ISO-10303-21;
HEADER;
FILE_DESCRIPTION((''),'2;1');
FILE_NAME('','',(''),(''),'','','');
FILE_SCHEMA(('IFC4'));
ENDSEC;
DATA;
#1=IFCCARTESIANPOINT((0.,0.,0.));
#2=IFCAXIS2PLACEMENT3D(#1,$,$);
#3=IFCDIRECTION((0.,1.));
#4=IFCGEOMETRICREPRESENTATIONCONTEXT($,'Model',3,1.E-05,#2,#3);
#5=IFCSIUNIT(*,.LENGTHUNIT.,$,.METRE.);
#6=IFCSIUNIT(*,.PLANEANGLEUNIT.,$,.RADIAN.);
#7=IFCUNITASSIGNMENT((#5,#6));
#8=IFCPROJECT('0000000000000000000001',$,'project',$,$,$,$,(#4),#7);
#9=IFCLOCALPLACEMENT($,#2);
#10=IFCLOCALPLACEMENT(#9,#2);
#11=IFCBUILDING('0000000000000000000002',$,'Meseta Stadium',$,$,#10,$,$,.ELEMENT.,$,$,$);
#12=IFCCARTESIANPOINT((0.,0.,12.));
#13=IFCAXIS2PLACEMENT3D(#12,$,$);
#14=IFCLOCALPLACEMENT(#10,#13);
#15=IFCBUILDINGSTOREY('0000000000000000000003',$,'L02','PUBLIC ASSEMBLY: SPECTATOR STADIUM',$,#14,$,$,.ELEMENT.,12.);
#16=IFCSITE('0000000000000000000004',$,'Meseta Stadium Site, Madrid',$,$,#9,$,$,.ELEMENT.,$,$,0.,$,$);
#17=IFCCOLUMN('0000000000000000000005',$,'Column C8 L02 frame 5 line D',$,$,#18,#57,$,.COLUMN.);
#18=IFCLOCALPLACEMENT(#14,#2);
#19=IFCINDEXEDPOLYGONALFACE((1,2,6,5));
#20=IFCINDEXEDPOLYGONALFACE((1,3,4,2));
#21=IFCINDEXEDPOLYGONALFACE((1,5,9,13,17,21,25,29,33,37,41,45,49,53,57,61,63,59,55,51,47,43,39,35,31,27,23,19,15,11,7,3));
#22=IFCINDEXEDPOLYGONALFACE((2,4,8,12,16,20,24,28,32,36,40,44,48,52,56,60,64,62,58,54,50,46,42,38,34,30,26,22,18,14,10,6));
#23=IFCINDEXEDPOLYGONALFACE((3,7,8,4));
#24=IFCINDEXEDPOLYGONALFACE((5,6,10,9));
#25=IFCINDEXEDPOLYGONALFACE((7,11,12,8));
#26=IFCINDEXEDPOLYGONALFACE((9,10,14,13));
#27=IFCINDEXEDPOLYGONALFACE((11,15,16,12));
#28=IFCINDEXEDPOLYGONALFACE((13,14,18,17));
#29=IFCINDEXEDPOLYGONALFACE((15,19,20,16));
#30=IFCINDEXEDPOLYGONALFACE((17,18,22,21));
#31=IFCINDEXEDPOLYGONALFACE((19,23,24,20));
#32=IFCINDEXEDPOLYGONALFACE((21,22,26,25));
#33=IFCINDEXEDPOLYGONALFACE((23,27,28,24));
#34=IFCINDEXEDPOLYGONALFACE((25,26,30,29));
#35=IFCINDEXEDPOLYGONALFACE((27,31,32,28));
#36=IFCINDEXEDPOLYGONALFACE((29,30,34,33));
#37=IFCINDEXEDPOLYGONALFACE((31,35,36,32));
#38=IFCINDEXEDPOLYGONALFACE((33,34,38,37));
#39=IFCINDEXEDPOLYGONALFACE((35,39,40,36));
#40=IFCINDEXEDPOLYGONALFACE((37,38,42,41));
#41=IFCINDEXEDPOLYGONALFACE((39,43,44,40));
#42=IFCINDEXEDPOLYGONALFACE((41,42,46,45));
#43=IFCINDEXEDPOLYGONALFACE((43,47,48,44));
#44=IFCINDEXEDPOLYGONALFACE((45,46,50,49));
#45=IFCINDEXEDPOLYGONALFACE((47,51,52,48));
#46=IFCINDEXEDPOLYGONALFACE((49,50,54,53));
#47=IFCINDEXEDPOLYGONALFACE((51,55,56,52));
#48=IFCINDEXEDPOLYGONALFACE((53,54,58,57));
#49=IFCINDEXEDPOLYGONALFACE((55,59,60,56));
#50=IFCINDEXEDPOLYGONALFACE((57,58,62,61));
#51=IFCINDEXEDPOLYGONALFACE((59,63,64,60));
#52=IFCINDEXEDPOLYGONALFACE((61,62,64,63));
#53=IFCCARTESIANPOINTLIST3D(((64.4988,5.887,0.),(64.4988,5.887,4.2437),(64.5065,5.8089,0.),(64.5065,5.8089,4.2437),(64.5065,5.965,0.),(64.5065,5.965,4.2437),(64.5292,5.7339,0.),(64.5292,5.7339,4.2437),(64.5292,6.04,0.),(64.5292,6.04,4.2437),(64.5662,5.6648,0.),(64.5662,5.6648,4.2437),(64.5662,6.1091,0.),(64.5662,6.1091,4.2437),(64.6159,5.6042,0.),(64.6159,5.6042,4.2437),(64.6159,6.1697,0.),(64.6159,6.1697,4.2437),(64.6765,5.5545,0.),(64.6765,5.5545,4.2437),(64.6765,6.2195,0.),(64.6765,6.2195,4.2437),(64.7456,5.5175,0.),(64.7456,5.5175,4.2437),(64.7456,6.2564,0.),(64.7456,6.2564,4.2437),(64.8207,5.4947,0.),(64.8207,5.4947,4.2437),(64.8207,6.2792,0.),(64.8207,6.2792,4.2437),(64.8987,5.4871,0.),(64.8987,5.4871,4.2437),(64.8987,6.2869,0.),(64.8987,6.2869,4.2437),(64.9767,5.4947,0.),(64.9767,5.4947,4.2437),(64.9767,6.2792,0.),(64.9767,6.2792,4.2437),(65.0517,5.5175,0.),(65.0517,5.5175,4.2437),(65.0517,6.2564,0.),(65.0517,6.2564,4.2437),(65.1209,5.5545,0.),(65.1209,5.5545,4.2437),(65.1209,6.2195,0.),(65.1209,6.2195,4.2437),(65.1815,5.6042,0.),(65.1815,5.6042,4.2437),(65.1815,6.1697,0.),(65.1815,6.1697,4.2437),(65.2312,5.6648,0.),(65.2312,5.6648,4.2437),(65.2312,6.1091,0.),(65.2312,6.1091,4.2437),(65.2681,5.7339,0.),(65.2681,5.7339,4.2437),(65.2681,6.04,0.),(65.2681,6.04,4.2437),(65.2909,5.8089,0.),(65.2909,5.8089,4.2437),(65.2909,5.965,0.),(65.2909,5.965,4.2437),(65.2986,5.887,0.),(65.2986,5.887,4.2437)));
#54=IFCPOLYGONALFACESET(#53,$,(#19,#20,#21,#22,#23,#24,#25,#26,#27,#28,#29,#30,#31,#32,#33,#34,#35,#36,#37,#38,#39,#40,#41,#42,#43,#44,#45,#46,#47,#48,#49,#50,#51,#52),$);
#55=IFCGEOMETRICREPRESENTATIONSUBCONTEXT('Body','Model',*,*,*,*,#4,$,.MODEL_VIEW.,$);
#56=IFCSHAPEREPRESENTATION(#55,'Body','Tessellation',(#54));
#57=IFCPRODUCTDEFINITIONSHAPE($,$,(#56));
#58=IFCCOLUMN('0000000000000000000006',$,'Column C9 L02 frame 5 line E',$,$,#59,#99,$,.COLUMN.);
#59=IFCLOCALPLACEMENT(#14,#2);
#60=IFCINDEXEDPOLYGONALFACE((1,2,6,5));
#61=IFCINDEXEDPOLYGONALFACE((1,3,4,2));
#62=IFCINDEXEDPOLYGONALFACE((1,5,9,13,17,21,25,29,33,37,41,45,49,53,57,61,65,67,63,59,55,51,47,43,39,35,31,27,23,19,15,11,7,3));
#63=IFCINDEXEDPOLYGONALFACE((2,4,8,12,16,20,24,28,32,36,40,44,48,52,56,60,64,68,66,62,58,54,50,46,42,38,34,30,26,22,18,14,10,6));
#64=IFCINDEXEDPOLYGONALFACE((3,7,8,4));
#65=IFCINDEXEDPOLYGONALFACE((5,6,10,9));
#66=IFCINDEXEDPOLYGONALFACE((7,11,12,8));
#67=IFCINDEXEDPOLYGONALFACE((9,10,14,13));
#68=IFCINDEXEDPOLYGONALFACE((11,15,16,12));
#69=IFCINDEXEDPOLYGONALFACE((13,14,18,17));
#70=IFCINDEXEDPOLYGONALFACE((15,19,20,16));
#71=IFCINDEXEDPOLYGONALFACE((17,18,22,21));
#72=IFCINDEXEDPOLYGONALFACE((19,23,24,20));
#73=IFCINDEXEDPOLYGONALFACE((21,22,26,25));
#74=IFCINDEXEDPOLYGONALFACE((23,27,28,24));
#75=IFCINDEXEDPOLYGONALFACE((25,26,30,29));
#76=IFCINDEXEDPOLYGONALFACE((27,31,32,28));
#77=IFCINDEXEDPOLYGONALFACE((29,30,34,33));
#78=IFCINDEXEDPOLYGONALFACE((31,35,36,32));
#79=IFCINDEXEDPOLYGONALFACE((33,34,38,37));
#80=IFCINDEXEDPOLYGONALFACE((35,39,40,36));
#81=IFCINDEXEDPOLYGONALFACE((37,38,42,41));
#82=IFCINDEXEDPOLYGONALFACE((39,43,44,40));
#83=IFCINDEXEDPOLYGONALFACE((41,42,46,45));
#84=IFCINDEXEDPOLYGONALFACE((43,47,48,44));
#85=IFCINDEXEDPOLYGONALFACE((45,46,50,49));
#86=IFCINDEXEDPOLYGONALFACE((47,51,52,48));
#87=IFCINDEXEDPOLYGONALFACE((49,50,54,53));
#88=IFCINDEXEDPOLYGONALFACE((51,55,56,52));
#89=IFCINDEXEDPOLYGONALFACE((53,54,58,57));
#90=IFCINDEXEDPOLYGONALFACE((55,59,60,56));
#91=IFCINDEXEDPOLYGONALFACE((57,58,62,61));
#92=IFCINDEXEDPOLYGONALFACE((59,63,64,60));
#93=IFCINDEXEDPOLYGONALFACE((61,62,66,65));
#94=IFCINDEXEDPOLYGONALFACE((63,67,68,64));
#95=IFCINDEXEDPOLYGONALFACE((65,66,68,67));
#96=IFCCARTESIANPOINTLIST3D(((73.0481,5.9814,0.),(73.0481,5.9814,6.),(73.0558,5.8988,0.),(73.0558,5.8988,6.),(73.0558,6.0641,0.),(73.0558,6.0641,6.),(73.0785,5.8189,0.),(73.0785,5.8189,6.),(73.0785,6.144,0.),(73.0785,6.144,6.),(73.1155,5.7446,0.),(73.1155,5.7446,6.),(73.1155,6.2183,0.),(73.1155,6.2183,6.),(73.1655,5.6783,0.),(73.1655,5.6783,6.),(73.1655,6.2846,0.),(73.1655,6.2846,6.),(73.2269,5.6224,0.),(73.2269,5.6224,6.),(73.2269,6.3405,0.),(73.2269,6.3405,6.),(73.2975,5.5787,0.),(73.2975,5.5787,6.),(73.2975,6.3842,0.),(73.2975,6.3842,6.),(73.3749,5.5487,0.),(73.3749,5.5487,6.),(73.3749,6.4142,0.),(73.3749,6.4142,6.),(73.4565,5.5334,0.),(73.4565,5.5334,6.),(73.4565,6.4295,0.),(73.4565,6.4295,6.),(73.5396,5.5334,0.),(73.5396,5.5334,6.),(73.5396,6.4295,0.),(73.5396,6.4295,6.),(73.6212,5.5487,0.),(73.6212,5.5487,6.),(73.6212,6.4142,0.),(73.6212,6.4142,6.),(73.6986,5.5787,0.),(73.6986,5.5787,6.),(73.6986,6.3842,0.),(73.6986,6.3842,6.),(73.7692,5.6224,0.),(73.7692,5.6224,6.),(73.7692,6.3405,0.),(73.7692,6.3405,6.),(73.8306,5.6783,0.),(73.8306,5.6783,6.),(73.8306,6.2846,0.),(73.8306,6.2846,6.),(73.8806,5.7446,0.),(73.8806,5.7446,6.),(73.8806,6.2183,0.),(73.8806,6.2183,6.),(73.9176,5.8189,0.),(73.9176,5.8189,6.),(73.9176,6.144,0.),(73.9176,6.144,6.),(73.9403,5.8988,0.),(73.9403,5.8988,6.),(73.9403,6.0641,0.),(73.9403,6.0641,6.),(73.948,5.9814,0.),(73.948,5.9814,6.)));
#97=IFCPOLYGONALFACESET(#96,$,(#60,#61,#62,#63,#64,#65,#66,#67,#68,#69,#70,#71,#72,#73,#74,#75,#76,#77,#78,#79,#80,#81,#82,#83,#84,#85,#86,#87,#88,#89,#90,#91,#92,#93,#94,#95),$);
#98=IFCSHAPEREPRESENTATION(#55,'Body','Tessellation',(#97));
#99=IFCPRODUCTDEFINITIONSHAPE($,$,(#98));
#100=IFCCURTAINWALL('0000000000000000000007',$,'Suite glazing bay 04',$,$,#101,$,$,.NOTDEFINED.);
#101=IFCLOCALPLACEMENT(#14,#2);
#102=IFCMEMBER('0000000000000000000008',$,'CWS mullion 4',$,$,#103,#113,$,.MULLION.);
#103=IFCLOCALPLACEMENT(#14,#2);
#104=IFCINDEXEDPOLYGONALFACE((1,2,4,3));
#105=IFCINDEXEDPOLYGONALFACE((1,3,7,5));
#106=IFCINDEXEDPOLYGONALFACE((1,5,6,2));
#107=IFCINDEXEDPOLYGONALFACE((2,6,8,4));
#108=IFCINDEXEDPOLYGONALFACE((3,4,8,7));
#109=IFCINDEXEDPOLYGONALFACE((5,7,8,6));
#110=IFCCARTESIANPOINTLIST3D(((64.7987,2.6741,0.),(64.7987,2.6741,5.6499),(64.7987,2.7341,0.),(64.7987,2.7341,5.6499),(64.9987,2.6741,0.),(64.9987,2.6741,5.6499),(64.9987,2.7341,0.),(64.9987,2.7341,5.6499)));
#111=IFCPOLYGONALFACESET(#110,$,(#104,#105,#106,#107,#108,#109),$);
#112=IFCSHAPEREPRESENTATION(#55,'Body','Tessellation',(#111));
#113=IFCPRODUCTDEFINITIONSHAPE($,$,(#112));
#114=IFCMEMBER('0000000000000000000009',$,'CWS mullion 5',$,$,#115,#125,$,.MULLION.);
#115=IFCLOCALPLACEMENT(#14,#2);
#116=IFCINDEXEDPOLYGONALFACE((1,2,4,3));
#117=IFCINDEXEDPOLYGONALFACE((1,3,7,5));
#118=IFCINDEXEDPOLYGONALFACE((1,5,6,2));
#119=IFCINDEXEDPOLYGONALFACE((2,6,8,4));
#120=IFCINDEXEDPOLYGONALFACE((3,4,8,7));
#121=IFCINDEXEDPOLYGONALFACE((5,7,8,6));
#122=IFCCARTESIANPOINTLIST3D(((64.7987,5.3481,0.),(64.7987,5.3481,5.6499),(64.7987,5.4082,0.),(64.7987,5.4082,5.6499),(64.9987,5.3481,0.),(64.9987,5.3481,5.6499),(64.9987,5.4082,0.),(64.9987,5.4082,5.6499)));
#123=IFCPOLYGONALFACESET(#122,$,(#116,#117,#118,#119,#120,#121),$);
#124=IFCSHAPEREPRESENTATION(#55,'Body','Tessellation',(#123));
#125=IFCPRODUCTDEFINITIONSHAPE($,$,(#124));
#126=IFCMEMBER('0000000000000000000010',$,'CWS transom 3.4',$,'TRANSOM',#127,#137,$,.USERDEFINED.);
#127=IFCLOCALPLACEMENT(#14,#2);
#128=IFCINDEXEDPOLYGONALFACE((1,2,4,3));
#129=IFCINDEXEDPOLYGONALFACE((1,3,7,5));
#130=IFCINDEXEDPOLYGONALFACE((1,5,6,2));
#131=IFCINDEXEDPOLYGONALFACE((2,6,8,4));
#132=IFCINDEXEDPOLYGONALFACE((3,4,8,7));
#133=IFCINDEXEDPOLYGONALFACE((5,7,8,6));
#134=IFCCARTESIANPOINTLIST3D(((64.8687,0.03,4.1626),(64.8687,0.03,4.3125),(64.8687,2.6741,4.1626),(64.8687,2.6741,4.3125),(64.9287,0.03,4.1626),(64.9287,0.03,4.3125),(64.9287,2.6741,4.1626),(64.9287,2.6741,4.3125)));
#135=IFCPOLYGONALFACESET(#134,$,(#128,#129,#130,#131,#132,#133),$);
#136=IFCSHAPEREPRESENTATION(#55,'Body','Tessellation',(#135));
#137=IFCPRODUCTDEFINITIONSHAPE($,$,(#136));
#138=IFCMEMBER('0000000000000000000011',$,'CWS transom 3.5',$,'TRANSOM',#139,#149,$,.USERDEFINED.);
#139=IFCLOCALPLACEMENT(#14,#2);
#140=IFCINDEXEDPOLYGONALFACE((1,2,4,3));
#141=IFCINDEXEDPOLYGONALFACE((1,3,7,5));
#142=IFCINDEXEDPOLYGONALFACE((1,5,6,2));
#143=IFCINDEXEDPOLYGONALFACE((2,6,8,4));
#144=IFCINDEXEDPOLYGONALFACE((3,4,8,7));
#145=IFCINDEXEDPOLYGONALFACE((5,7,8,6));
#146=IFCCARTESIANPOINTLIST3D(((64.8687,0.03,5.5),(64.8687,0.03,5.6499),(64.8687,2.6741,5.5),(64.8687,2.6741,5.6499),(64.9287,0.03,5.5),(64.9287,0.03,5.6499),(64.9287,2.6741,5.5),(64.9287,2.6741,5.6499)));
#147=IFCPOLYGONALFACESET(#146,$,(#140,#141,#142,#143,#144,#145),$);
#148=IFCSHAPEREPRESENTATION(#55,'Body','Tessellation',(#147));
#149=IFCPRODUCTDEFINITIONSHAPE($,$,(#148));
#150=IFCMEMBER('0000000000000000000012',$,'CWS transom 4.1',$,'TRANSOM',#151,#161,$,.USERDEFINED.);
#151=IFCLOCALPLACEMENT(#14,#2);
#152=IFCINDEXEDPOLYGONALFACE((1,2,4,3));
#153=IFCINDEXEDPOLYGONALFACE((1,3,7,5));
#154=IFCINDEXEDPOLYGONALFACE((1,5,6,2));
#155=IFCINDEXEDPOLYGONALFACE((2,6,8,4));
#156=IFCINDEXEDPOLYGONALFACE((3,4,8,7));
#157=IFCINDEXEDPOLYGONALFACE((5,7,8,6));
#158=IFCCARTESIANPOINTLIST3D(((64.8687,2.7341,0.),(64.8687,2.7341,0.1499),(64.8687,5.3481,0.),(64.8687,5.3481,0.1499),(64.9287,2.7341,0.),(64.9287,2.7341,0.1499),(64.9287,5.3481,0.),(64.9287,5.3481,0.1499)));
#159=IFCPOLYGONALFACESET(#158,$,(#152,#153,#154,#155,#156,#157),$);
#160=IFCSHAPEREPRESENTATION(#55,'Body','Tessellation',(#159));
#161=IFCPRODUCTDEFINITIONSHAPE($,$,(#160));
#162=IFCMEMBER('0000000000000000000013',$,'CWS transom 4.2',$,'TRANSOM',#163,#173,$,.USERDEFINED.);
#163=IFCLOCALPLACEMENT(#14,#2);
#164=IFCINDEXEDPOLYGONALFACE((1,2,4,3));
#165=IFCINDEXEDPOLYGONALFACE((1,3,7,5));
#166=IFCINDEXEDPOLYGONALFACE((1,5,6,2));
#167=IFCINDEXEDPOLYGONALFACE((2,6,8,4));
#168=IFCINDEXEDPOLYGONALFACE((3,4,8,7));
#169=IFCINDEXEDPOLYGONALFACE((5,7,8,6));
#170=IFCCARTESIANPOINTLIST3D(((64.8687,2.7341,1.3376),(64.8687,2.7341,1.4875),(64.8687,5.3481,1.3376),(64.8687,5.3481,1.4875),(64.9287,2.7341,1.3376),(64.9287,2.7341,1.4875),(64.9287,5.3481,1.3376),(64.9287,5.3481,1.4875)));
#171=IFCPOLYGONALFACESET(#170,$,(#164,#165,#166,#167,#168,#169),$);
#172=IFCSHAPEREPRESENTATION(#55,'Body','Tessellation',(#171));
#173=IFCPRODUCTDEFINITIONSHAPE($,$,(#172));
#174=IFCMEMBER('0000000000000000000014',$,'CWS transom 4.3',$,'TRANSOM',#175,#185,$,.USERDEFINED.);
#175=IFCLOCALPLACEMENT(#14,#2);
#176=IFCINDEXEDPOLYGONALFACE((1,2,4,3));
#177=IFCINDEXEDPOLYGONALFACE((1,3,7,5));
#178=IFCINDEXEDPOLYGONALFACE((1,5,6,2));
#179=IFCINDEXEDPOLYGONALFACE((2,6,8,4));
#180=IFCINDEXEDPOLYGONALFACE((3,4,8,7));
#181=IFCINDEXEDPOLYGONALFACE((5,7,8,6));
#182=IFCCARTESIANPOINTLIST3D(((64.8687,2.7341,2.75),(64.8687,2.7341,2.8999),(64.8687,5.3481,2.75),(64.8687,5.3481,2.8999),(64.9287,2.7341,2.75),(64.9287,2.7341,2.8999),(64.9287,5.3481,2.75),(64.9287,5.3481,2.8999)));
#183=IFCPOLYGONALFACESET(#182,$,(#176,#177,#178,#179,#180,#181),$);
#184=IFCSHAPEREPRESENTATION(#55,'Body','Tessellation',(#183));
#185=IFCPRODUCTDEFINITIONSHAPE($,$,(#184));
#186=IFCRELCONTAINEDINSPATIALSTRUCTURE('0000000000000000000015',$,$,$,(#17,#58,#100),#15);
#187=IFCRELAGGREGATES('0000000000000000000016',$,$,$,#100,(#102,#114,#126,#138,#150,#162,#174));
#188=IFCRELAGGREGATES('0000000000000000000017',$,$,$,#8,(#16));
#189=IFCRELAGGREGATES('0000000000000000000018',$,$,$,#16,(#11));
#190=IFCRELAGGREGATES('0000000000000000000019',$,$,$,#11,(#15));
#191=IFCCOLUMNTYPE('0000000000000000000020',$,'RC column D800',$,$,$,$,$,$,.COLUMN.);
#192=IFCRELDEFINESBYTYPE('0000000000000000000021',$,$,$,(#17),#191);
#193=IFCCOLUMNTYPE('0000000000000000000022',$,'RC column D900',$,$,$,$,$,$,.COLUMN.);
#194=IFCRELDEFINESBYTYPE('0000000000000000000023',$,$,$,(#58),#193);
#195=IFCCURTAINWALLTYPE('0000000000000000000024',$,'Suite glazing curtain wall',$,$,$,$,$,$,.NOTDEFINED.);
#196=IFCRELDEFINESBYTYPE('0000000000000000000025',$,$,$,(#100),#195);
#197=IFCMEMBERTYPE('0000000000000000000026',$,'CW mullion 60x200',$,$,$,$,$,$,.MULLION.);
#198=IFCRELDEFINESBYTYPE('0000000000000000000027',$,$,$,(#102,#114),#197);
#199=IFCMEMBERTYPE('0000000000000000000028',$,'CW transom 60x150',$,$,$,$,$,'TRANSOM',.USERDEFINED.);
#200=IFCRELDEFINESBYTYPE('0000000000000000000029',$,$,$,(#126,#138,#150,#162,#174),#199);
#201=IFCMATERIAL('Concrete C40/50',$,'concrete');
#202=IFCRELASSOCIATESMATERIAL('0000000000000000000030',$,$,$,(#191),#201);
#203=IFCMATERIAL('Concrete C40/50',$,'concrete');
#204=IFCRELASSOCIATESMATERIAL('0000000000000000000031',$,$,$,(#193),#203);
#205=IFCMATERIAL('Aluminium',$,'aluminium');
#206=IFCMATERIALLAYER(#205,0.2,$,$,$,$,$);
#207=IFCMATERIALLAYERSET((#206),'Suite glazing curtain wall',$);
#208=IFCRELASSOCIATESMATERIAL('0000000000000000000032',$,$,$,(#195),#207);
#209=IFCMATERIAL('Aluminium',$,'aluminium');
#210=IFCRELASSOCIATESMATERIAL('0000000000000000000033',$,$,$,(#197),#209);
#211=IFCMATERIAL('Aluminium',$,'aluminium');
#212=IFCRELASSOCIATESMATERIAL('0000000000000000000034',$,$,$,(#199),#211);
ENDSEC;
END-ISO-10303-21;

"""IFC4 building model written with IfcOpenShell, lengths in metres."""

from ifc_helpers import new_model, si_unit, direction, frame, origin, origin_2d, place, context, subcontext, project, spatial, rectangle, circle, extrude, material, layer, layer_set, material_profile, profile_set, type_object, element, aggregate, save


model = new_model("IFC4")

# Units and contexts
model_context = context("Model", 3, precision=1e-05, world=origin(), true_north=direction((0.0, 1.0)))
body_context = subcontext(model_context, "Body", "Model", "MODEL_VIEW")
ifc_project = project(units=[si_unit("LENGTHUNIT", "METRE"), si_unit("PLANEANGLEUNIT", "RADIAN")], contexts=[model_context])

# Site, building, storey
site_placement = place(None, origin())
site = spatial("IfcSite", under=ifc_project, at=site_placement, Name="Meseta Stadium Site, Madrid", CompositionType="ELEMENT", RefElevation=0.0)
building_placement = place(site_placement, origin())
building = spatial("IfcBuilding", under=site, at=building_placement, Name="Meseta Stadium", CompositionType="ELEMENT")
storey_placement = place(building_placement, frame((0.0, 0.0, 12.0)))
storey = spatial("IfcBuildingStorey", under=building, at=storey_placement, Name="L02", Description="PUBLIC ASSEMBLY: SPECTATOR STADIUM", CompositionType="ELEMENT", Elevation=12.0)

# Columns
ifc_material_1 = material(Name="Concrete C40/50", Category="concrete")
ifc_material_profile_1 = material_profile(ifc_material_1, circle(Radius=0.3999, at=origin_2d()), Name="RC D800")
ifc_profile_set_1 = profile_set([ifc_material_profile_1], Name="Concrete C40/50")
column_type_1 = type_object("IfcColumnType", Name="RC column D800", PredefinedType="COLUMN", material=ifc_profile_set_1)
column_1_placement = place(storey_placement, frame((64.8987, 5.887, 0.0), z_axis=(0.0, 0.0, 1.0), x_axis=(1.0, 0.0, 0.0)))
element("IfcColumn", 1, at=column_1_placement, inside=storey, type_object=column_type_1, Name="Column C8 L02 frame 5 line D", PredefinedType="COLUMN", context=body_context, shape_type="SweptSolid", body=[
    extrude(circle(Radius=0.3999, at=origin_2d()), origin(), (0.0, 0.0, 1.0), 4.2437),
])
ifc_material_2 = material(Name="Concrete C40/50", Category="concrete")
ifc_material_profile_2 = material_profile(ifc_material_2, circle(Radius=0.45, at=origin_2d()), Name="RC D900")
ifc_profile_set_2 = profile_set([ifc_material_profile_2], Name="Concrete C40/50")
column_type_2 = type_object("IfcColumnType", Name="RC column D900", PredefinedType="COLUMN", material=ifc_profile_set_2)
column_2_placement = place(storey_placement, frame((73.498, 5.9814, 0.0), z_axis=(0.0, 0.0, 1.0), x_axis=(1.0, 0.0, 0.0)))
element("IfcColumn", 2, at=column_2_placement, inside=storey, type_object=column_type_2, Name="Column C9 L02 frame 5 line E", PredefinedType="COLUMN", context=body_context, shape_type="SweptSolid", body=[
    extrude(circle(Radius=0.45, at=origin_2d()), origin(), (0.0, 0.0, 1.0), 6.0),
])

# Curtain wall, members
ifc_material_3 = material(Name="Aluminium", Category="aluminium")
ifc_layer_1 = layer(ifc_material_3, 0.2)
ifc_layer_set_1 = layer_set([ifc_layer_1], Name="Suite glazing curtain wall")
curtain_wall_type = type_object("IfcCurtainWallType", Name="Suite glazing curtain wall", PredefinedType="NOTDEFINED", material=ifc_layer_set_1)
curtain_wall_placement = place(storey_placement, origin())
curtain_wall = element("IfcCurtainWall", 3, at=curtain_wall_placement, inside=storey, type_object=curtain_wall_type, Name="Suite glazing bay 04", PredefinedType="NOTDEFINED")
ifc_material_4 = material(Name="Aluminium", Category="aluminium")
ifc_material_profile_3 = material_profile(ifc_material_4, rectangle(XDim=0.2, YDim=0.0601, at=origin_2d()), Name="CW 200x60")
ifc_profile_set_3 = profile_set([ifc_material_profile_3], Name="Aluminium")
member_type_1 = type_object("IfcMemberType", Name="CW mullion 60x200", PredefinedType="MULLION", material=ifc_profile_set_3)
member_1_placement = place(storey_placement, frame((64.8987, 2.7041, 0.0), z_axis=(0.0, 0.0, 1.0), x_axis=(-1.0, 0.0, 0.0)))
member_1 = element("IfcMember", 4, at=member_1_placement, type_object=member_type_1, Name="CWS mullion 4", PredefinedType="MULLION", context=body_context, shape_type="SweptSolid", body=[
    extrude(rectangle(XDim=0.2, YDim=0.0601, at=origin_2d()), origin(), (0.0, 0.0, 1.0), 5.6499),
])
member_2_placement = place(storey_placement, frame((64.8987, 5.3782, 0.0), z_axis=(0.0, 0.0, 1.0), x_axis=(-1.0, 0.0, 0.0)))
member_2 = element("IfcMember", 5, at=member_2_placement, type_object=member_type_1, Name="CWS mullion 5", PredefinedType="MULLION", context=body_context, shape_type="SweptSolid", body=[
    extrude(rectangle(XDim=0.2, YDim=0.0601, at=origin_2d()), origin(), (0.0, 0.0, 1.0), 5.6499),
])
ifc_material_5 = material(Name="Aluminium", Category="aluminium")
ifc_material_profile_4 = material_profile(ifc_material_5, rectangle(XDim=0.0601, YDim=0.1499, at=origin_2d()), Name="CW 60x150")
ifc_profile_set_4 = profile_set([ifc_material_profile_4], Name="Aluminium")
member_type_2 = type_object("IfcMemberType", Name="CW transom 60x150", ElementType="TRANSOM", PredefinedType="USERDEFINED", material=ifc_profile_set_4)
member_3_placement = place(storey_placement, frame((64.8987, 0.03, 4.2375), z_axis=(0.0, 1.0, 0.0), x_axis=(-1.0, 0.0, 0.0)))
member_3 = element("IfcMember", 6, at=member_3_placement, type_object=member_type_2, Name="CWS transom 3.4", ObjectType="TRANSOM", PredefinedType="USERDEFINED", context=body_context, shape_type="SweptSolid", body=[
    extrude(rectangle(XDim=0.0601, YDim=0.1499, at=origin_2d()), origin(), (0.0, 0.0, 1.0), 2.644),
])
member_4_placement = place(storey_placement, frame((64.8987, 0.03, 5.575), z_axis=(0.0, 1.0, 0.0), x_axis=(-1.0, 0.0, 0.0)))
member_4 = element("IfcMember", 7, at=member_4_placement, type_object=member_type_2, Name="CWS transom 3.5", ObjectType="TRANSOM", PredefinedType="USERDEFINED", context=body_context, shape_type="SweptSolid", body=[
    extrude(rectangle(XDim=0.0601, YDim=0.1499, at=origin_2d()), origin(), (0.0, 0.0, 1.0), 2.644),
])
member_5_placement = place(storey_placement, frame((64.8987, 2.7341, 0.075), z_axis=(0.0, 1.0, 0.0), x_axis=(-1.0, 0.0, 0.0)))
member_5 = element("IfcMember", 8, at=member_5_placement, type_object=member_type_2, Name="CWS transom 4.1", ObjectType="TRANSOM", PredefinedType="USERDEFINED", context=body_context, shape_type="SweptSolid", body=[
    extrude(rectangle(XDim=0.0601, YDim=0.1499, at=origin_2d()), origin(), (0.0, 0.0, 1.0), 2.614),
])
member_6_placement = place(storey_placement, frame((64.8987, 2.7341, 1.4126), z_axis=(0.0, 1.0, 0.0), x_axis=(-1.0, 0.0, 0.0)))
member_6 = element("IfcMember", 9, at=member_6_placement, type_object=member_type_2, Name="CWS transom 4.2", ObjectType="TRANSOM", PredefinedType="USERDEFINED", context=body_context, shape_type="SweptSolid", body=[
    extrude(rectangle(XDim=0.0601, YDim=0.1499, at=origin_2d()), origin(), (0.0, 0.0, 1.0), 2.614),
])
member_7_placement = place(storey_placement, frame((64.8987, 2.7341, 2.825), z_axis=(0.0, 1.0, 0.0), x_axis=(-1.0, 0.0, 0.0)))
member_7 = element("IfcMember", 10, at=member_7_placement, type_object=member_type_2, Name="CWS transom 4.3", ObjectType="TRANSOM", PredefinedType="USERDEFINED", context=body_context, shape_type="SweptSolid", body=[
    extrude(rectangle(XDim=0.0601, YDim=0.1499, at=origin_2d()), origin(), (0.0, 0.0, 1.0), 2.614),
])

aggregate(curtain_wall, [member_1, member_2, member_3, member_4, member_5, member_6, member_7])

save(model, "model.ifc")
